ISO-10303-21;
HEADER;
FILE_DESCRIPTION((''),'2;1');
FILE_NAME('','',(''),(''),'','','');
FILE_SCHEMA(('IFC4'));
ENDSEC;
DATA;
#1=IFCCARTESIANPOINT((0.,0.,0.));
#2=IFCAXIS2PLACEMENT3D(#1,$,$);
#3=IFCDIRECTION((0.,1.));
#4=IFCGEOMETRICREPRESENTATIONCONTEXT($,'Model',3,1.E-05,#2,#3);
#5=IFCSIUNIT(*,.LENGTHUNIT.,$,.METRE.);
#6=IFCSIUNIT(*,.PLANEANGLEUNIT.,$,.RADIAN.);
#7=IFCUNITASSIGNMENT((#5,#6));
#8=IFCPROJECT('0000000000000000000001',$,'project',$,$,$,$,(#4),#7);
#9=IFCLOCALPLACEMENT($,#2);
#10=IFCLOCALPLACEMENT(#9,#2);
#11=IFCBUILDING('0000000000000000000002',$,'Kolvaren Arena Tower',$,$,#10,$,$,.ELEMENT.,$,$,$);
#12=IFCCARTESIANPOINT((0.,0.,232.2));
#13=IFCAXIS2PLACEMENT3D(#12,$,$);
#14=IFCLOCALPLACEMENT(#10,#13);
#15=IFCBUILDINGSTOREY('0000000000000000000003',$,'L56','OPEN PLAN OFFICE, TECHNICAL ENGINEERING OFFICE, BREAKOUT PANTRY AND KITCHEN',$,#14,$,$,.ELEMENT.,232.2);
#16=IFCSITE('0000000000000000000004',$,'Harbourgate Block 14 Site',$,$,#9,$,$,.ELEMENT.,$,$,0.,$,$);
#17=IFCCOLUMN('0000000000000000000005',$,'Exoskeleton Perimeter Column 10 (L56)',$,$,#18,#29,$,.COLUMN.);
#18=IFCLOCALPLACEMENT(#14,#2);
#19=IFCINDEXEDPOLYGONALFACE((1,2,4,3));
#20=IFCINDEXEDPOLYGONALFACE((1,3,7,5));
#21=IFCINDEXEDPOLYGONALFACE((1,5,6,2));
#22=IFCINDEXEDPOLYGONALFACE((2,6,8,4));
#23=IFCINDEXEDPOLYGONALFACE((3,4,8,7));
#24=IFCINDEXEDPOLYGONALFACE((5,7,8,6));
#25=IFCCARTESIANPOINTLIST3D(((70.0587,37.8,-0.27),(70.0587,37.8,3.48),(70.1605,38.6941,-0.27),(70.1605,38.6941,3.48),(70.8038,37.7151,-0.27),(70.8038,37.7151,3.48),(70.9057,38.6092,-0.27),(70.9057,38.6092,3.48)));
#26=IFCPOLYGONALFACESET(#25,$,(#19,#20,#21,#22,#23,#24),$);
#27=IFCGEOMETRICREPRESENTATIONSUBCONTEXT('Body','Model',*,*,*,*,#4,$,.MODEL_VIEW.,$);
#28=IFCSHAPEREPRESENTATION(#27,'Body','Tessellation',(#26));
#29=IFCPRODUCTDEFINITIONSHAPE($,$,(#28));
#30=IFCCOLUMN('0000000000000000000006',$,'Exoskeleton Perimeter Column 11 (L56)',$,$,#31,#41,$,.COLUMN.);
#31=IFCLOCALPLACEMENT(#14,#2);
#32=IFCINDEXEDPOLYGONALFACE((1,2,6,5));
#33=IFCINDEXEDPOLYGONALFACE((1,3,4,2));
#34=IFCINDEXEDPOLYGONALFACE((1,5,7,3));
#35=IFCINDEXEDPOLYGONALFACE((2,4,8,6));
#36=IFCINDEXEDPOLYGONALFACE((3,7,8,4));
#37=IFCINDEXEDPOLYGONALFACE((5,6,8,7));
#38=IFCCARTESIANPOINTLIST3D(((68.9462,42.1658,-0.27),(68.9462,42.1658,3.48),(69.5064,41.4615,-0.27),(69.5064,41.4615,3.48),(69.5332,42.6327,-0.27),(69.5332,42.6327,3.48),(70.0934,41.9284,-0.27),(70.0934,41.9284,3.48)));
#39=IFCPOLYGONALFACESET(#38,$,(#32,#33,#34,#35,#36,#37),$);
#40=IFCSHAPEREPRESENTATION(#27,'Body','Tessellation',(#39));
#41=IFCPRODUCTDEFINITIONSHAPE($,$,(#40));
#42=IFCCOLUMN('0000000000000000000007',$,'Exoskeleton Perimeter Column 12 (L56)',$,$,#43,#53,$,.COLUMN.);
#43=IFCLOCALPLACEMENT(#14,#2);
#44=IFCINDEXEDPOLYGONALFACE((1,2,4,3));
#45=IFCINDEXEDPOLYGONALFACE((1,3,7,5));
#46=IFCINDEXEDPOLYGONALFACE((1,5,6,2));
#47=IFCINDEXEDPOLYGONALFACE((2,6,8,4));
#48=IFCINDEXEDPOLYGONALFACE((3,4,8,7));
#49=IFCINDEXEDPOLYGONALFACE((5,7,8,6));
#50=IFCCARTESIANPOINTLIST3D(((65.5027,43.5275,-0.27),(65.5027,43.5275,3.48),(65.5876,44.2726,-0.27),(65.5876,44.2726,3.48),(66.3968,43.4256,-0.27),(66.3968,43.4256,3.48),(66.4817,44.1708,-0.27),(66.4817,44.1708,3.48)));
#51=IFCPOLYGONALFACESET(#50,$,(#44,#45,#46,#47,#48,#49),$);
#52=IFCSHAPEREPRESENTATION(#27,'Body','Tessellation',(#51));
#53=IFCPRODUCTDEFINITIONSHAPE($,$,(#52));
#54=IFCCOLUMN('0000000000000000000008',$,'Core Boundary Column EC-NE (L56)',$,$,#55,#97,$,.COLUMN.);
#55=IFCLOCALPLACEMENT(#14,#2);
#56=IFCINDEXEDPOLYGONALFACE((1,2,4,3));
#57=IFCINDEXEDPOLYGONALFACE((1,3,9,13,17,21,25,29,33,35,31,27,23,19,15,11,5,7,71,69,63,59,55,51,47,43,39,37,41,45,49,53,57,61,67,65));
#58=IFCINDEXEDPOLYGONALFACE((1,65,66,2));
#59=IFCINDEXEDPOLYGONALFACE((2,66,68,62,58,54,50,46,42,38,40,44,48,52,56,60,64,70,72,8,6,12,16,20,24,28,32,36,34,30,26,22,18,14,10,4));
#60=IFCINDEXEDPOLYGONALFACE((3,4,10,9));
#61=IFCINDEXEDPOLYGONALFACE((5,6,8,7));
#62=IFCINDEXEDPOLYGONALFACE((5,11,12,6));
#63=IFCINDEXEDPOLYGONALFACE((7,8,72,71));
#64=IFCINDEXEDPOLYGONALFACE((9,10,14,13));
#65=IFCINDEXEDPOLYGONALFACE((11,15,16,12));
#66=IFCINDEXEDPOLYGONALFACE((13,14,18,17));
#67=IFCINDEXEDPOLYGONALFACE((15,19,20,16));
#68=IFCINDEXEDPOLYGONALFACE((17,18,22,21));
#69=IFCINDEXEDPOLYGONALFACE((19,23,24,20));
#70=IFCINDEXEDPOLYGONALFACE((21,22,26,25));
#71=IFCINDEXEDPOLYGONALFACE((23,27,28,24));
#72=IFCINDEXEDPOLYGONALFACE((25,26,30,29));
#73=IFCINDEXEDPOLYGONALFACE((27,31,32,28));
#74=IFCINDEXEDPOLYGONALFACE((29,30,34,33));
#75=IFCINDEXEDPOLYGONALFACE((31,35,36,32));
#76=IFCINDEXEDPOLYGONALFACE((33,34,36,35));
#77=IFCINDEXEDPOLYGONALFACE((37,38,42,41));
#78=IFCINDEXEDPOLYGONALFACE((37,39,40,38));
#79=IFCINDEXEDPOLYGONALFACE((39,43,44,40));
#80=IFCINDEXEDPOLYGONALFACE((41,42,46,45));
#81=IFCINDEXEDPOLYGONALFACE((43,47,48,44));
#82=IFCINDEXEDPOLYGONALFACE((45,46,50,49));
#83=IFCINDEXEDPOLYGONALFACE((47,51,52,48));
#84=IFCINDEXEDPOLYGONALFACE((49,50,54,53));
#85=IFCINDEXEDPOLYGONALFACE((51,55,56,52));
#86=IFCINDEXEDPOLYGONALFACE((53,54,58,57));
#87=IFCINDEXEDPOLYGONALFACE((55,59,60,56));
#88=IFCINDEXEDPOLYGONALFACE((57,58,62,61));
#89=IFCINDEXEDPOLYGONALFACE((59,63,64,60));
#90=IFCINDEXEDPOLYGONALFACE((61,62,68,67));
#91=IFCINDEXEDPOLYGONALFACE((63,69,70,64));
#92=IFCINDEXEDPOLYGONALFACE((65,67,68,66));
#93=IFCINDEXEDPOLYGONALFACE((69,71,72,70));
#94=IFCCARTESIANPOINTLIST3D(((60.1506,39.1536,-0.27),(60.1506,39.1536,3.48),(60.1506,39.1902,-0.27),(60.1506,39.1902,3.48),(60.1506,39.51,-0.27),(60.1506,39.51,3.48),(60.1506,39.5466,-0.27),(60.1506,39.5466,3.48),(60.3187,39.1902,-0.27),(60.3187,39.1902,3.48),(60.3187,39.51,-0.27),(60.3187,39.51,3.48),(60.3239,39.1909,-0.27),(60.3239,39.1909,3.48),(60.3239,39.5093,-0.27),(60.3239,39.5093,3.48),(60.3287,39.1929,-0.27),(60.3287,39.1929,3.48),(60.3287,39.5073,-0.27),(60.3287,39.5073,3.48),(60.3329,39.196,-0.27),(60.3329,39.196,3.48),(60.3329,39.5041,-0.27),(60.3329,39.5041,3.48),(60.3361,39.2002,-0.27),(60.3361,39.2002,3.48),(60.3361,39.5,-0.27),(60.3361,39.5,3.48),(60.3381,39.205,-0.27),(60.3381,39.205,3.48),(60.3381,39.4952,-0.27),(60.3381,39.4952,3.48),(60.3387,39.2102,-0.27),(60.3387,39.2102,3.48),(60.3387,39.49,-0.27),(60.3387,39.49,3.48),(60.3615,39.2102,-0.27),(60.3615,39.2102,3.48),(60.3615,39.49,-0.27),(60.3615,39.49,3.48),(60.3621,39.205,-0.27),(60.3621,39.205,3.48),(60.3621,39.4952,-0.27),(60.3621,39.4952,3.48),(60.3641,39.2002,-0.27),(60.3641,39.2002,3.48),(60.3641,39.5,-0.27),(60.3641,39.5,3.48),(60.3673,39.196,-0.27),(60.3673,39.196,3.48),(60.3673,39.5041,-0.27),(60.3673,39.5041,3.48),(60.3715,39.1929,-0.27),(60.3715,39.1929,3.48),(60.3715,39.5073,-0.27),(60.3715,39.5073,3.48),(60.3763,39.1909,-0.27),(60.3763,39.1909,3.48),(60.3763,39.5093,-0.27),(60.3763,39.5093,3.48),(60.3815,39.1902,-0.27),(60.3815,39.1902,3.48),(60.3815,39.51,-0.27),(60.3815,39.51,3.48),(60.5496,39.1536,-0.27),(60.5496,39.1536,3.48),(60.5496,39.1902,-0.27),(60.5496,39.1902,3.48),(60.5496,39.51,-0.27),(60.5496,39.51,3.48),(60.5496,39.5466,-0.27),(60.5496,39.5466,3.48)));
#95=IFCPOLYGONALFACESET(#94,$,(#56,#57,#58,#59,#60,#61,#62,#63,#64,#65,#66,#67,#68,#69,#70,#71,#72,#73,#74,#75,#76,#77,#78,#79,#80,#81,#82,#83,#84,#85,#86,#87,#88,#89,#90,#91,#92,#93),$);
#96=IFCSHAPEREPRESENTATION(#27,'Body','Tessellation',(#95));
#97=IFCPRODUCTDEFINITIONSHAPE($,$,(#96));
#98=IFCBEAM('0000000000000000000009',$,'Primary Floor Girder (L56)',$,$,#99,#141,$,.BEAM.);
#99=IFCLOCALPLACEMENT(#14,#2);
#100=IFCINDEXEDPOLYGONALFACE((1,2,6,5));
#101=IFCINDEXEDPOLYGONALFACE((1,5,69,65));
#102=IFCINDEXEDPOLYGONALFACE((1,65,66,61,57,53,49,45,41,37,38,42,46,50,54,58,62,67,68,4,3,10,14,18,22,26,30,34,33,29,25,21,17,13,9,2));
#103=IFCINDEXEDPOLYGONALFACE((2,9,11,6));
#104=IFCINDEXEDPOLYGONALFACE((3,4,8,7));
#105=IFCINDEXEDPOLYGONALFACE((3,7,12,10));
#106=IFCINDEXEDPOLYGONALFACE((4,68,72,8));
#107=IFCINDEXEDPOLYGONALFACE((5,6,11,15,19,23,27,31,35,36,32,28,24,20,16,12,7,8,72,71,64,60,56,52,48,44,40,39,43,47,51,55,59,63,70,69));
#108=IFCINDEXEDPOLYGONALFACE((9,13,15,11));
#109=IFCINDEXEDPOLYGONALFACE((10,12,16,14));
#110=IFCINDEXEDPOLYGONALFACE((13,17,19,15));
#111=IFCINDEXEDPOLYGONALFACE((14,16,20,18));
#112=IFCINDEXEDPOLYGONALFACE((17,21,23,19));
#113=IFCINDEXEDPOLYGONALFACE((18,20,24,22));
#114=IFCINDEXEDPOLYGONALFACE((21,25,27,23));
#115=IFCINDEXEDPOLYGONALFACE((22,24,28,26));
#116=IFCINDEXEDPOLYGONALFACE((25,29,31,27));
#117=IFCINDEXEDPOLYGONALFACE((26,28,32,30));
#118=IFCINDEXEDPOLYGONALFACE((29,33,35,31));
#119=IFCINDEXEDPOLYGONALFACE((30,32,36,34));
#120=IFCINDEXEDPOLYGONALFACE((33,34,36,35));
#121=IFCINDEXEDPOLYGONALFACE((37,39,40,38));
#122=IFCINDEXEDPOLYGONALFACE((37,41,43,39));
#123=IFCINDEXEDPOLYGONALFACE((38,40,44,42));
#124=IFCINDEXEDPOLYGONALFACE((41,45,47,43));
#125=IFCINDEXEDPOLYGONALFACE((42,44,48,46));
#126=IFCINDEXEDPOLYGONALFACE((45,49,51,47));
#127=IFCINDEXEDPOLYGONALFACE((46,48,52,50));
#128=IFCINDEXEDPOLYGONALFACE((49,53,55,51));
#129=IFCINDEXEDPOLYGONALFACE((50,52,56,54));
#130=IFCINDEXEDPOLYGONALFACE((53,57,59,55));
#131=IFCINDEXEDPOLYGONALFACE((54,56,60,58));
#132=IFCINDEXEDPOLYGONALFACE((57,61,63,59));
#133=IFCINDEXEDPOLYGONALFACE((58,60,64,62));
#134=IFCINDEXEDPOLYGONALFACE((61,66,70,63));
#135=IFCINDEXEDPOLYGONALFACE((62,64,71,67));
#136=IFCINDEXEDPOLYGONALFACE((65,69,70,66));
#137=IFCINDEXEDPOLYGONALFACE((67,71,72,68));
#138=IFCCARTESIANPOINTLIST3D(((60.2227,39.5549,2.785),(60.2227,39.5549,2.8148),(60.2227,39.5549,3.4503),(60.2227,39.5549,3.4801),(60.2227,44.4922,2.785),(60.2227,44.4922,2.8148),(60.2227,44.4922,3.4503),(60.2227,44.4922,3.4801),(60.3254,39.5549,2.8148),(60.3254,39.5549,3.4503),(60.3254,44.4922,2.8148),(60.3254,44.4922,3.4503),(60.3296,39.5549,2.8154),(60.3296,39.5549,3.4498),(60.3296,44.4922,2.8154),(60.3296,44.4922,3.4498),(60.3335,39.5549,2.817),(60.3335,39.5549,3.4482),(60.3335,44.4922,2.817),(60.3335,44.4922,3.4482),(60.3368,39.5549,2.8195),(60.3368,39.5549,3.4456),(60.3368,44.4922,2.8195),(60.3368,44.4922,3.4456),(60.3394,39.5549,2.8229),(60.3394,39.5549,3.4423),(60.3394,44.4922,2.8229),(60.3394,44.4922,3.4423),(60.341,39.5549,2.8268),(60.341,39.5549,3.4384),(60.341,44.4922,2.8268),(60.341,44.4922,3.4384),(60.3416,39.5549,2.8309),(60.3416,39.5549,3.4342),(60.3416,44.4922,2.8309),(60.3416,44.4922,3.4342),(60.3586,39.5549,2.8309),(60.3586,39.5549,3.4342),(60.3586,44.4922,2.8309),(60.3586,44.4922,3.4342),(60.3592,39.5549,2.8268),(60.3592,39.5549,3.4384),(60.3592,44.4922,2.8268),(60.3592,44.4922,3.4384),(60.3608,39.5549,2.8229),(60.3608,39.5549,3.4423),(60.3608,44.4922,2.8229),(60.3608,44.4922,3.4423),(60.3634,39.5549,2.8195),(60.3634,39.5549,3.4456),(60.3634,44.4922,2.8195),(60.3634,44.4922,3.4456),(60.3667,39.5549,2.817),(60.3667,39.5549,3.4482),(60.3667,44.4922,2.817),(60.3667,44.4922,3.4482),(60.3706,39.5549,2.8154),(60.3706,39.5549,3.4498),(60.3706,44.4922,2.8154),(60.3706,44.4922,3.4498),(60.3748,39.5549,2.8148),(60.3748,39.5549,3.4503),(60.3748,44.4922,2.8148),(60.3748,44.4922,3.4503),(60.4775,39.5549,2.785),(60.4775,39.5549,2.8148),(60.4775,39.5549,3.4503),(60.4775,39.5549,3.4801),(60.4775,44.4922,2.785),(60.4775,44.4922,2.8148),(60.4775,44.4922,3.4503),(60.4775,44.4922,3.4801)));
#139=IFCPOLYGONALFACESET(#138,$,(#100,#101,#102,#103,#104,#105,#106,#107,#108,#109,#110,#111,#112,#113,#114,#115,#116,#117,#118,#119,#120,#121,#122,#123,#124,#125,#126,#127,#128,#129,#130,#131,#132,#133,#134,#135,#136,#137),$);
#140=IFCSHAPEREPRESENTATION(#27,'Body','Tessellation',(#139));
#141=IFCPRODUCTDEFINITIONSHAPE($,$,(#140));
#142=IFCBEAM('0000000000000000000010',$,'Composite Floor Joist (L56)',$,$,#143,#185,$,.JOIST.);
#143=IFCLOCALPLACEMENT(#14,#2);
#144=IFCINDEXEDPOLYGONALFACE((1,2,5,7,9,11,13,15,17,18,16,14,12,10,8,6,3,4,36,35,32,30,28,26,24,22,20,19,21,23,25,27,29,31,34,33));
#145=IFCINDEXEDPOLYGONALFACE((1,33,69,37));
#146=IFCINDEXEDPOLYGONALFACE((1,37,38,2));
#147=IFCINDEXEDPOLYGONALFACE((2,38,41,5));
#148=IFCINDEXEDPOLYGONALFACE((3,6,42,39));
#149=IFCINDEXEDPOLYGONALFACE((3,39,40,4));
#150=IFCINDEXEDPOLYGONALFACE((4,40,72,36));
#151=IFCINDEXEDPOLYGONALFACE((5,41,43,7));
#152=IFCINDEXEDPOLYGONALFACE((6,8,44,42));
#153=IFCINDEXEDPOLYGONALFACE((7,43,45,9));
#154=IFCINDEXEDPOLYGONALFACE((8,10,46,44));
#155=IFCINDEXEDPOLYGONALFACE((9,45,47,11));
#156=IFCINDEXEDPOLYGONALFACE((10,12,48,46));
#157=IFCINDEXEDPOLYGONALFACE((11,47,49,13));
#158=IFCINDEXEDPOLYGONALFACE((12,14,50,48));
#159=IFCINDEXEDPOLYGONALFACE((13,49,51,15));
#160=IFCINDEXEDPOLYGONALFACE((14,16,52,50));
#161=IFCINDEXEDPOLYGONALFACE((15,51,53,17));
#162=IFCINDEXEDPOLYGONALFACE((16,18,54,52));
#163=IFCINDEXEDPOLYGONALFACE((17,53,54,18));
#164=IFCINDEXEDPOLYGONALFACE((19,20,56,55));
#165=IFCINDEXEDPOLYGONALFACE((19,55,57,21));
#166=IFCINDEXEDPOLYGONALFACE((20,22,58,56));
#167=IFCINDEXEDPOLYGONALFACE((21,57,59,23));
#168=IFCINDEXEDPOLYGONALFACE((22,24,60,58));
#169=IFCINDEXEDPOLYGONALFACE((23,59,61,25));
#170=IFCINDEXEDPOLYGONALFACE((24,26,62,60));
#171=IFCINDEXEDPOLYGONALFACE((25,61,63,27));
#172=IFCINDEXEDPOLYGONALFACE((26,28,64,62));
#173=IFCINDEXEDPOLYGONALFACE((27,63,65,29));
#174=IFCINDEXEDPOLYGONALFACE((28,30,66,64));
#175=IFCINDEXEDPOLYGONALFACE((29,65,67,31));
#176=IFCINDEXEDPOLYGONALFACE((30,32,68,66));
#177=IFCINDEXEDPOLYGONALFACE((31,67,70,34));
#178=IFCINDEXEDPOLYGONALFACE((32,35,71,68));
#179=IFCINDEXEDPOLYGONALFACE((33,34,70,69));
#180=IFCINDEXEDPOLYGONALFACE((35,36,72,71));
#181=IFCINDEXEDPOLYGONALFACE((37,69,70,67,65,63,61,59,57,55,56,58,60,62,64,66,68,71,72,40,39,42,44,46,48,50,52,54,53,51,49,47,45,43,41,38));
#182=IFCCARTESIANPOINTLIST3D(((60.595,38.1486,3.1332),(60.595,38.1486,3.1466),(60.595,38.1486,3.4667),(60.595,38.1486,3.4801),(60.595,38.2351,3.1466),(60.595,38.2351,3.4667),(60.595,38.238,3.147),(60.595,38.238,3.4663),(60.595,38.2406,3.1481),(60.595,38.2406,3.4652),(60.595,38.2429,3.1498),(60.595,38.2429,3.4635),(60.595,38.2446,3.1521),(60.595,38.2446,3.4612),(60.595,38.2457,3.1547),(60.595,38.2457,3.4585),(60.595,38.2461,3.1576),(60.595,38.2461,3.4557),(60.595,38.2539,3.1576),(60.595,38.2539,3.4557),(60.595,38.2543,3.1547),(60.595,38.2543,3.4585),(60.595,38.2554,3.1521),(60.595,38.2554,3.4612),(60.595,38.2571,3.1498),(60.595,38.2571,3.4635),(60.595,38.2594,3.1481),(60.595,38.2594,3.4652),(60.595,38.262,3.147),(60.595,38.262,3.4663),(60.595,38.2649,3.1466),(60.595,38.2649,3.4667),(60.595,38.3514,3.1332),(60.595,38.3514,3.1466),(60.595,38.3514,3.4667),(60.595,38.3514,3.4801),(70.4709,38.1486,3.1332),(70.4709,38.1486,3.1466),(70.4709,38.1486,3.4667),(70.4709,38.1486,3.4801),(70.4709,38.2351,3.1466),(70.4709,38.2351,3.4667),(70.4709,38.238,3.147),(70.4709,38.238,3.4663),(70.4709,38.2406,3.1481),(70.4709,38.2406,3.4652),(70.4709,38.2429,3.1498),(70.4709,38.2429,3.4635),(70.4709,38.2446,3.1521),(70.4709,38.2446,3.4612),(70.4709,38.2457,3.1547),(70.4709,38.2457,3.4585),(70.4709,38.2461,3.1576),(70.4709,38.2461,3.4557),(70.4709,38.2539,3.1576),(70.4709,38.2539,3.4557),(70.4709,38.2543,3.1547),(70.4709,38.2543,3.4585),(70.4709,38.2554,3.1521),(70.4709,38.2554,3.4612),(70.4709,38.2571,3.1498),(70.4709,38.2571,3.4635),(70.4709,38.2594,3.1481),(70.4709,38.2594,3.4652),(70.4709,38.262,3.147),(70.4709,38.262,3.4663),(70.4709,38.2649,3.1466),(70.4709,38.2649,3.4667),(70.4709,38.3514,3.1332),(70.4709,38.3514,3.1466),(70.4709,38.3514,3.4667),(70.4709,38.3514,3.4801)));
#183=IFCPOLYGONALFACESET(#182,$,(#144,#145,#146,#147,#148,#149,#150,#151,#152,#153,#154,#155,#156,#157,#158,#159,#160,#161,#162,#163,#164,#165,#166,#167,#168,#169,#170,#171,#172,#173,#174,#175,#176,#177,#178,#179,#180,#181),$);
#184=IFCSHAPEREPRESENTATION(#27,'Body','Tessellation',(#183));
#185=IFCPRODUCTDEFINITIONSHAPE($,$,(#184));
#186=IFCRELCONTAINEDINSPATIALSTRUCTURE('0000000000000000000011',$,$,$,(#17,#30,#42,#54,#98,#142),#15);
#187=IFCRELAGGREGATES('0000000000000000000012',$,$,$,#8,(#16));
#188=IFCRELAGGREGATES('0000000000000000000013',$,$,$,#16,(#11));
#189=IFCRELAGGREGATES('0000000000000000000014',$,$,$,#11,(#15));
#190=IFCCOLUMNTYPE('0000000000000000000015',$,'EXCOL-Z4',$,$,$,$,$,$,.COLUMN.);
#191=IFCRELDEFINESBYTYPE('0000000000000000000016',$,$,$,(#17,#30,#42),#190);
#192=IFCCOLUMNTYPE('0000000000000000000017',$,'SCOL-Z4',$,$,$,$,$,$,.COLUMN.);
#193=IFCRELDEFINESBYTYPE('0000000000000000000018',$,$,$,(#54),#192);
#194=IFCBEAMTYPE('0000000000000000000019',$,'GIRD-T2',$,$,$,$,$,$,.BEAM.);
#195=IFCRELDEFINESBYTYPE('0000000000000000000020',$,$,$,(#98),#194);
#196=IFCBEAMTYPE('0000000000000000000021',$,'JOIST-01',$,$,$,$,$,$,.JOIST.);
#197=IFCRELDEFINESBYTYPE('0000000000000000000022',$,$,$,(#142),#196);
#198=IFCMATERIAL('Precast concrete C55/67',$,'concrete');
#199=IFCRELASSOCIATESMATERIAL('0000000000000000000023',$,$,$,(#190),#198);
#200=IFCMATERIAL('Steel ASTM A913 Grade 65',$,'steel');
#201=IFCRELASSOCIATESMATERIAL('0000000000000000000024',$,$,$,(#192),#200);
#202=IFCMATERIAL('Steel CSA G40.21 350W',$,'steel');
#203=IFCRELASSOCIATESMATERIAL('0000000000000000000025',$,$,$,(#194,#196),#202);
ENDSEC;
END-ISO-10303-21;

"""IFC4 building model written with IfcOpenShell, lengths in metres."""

from ifc_helpers import new_model, si_unit, direction, frame, origin, origin_2d, place, context, subcontext, project, spatial, rectangle, i_section, extrude, material, material_profile, profile_set, type_object, element, save


model = new_model("IFC4")

# Units and contexts
model_context = context("Model", 3, precision=1e-05, world=origin(), true_north=direction((0.0, 1.0)))
body_context = subcontext(model_context, "Body", "Model", "MODEL_VIEW")
ifc_project = project(units=[si_unit("LENGTHUNIT", "METRE"), si_unit("PLANEANGLEUNIT", "RADIAN")], contexts=[model_context])

# Site, building, storey
site_placement = place(None, origin())
site = spatial("IfcSite", under=ifc_project, at=site_placement, Name="Harbourgate Block 14 Site", CompositionType="ELEMENT", RefElevation=0.0)
building_placement = place(site_placement, origin())
building = spatial("IfcBuilding", under=site, at=building_placement, Name="Kolvaren Arena Tower", CompositionType="ELEMENT")
storey_placement = place(building_placement, frame((0.0, 0.0, 232.2)))
storey = spatial("IfcBuildingStorey", under=building, at=storey_placement, Name="L56", Description="OPEN PLAN OFFICE, TECHNICAL ENGINEERING OFFICE, BREAKOUT PANTRY AND KITCHEN", CompositionType="ELEMENT", Elevation=232.2)

# Columns
ifc_material_1 = material(Name="Precast concrete C55/67", Category="concrete")
ifc_material_profile_1 = material_profile(ifc_material_1, rectangle(XDim=0.8999, YDim=0.75, at=origin_2d()), Name="RC-900x750")
ifc_profile_set_1 = profile_set([ifc_material_profile_1], Name="Precast concrete C55/67")
column_type_1 = type_object("IfcColumnType", Name="EXCOL-Z4", PredefinedType="COLUMN", material=ifc_profile_set_1)
for number, where, z_axis, x_axis, name in (
    (1, (70.4822, 38.2046, -0.27), (0.0, 0.0, 1.0), (0.113203, 0.993572, 0.0), "Exoskeleton Perimeter Column 10 (L56)"),
    (2, (69.5198, 42.0471, -0.27), (0.0, 0.0, 1.0), (-0.622515, 0.782608, 0.0), "Exoskeleton Perimeter Column 11 (L56)"),
    (3, (65.9922, 43.8491, -0.27), (0.0, 0.0, 1.0), (0.993572, -0.113203, 0.0), "Exoskeleton Perimeter Column 12 (L56)"),
):
    element("IfcColumn", number, at=place(storey_placement, frame(where, z_axis=z_axis, x_axis=x_axis)), inside=storey, type_object=column_type_1, Name=name, PredefinedType="COLUMN", context=body_context, shape_type="SweptSolid", body=[
        extrude(rectangle(XDim=0.8999, YDim=0.75, at=origin_2d()), origin(), (0.0, 0.0, 1.0), 3.75),
    ])
ifc_material_2 = material(Name="Steel ASTM A913 Grade 65", Category="steel")
ifc_material_profile_2 = material_profile(ifc_material_2, i_section(OverallWidth=0.3989, OverallDepth=0.3931, WebThickness=0.0227, FlangeThickness=0.0366, FilletRadius=0.02, at=origin_2d()), Name="W360x287")
ifc_profile_set_2 = profile_set([ifc_material_profile_2], Name="Steel ASTM A913 Grade 65")
column_type_2 = type_object("IfcColumnType", Name="SCOL-Z4", PredefinedType="COLUMN", material=ifc_profile_set_2)
column_placement = place(storey_placement, frame((60.3501, 39.3501, -0.27), z_axis=(0.0, 0.0, 1.0), x_axis=(1.0, 0.0, 0.0)))
element("IfcColumn", 4, at=column_placement, inside=storey, type_object=column_type_2, Name="Core Boundary Column EC-NE (L56)", PredefinedType="COLUMN", context=body_context, shape_type="SweptSolid", body=[
    extrude(i_section(OverallWidth=0.3989, OverallDepth=0.3931, WebThickness=0.0227, FlangeThickness=0.0366, FilletRadius=0.02, at=origin_2d()), origin(), (0.0, 0.0, 1.0), 3.75),
])

# Beams
ifc_material_3 = material(Name="Steel CSA G40.21 350W", Category="steel")
ifc_material_profile_3 = material_profile(ifc_material_3, i_section(OverallWidth=0.2549, OverallDepth=0.6951, WebThickness=0.0171, FlangeThickness=0.0298, FilletRadius=0.0161, at=origin_2d()), Name="W690x217")
ifc_profile_set_3 = profile_set([ifc_material_profile_3], Name="Steel CSA G40.21 350W")
beam_type_1 = type_object("IfcBeamType", Name="GIRD-T2", PredefinedType="BEAM", material=ifc_profile_set_3)
beam_1_placement = place(storey_placement, frame((60.3501, 39.5549, 3.1326), z_axis=(0.0, 1.0, 0.0), x_axis=(-1.0, 0.0, 0.0)))
element("IfcBeam", 5, at=beam_1_placement, inside=storey, type_object=beam_type_1, Name="Primary Floor Girder (L56)", PredefinedType="BEAM", context=body_context, shape_type="SweptSolid", body=[
    extrude(i_section(OverallWidth=0.2549, OverallDepth=0.6951, WebThickness=0.0171, FlangeThickness=0.0298, FilletRadius=0.0161, at=origin_2d()), origin(), (0.0, 0.0, 1.0), 4.9373),
])
ifc_material_profile_4 = material_profile(ifc_material_3, i_section(OverallWidth=0.2029, OverallDepth=0.3469, WebThickness=0.0078, FlangeThickness=0.0134, FilletRadius=0.011, at=origin_2d()), Name="W360x64")
ifc_profile_set_4 = profile_set([ifc_material_profile_4], Name="Steel CSA G40.21 350W")
beam_type_2 = type_object("IfcBeamType", Name="JOIST-01", PredefinedType="JOIST", material=ifc_profile_set_4)
beam_2_placement = place(storey_placement, frame((60.595, 38.25, 3.3066), z_axis=(1.0, 0.0, 0.0), x_axis=(0.0, 1.0, 0.0)))
element("IfcBeam", 6, at=beam_2_placement, inside=storey, type_object=beam_type_2, Name="Composite Floor Joist (L56)", PredefinedType="JOIST", context=body_context, shape_type="SweptSolid", body=[
    extrude(i_section(OverallWidth=0.2029, OverallDepth=0.3469, WebThickness=0.0078, FlangeThickness=0.0134, FilletRadius=0.011, at=origin_2d()), origin(), (0.0, 0.0, 1.0), 9.876),
])

save(model, "model.ifc")
